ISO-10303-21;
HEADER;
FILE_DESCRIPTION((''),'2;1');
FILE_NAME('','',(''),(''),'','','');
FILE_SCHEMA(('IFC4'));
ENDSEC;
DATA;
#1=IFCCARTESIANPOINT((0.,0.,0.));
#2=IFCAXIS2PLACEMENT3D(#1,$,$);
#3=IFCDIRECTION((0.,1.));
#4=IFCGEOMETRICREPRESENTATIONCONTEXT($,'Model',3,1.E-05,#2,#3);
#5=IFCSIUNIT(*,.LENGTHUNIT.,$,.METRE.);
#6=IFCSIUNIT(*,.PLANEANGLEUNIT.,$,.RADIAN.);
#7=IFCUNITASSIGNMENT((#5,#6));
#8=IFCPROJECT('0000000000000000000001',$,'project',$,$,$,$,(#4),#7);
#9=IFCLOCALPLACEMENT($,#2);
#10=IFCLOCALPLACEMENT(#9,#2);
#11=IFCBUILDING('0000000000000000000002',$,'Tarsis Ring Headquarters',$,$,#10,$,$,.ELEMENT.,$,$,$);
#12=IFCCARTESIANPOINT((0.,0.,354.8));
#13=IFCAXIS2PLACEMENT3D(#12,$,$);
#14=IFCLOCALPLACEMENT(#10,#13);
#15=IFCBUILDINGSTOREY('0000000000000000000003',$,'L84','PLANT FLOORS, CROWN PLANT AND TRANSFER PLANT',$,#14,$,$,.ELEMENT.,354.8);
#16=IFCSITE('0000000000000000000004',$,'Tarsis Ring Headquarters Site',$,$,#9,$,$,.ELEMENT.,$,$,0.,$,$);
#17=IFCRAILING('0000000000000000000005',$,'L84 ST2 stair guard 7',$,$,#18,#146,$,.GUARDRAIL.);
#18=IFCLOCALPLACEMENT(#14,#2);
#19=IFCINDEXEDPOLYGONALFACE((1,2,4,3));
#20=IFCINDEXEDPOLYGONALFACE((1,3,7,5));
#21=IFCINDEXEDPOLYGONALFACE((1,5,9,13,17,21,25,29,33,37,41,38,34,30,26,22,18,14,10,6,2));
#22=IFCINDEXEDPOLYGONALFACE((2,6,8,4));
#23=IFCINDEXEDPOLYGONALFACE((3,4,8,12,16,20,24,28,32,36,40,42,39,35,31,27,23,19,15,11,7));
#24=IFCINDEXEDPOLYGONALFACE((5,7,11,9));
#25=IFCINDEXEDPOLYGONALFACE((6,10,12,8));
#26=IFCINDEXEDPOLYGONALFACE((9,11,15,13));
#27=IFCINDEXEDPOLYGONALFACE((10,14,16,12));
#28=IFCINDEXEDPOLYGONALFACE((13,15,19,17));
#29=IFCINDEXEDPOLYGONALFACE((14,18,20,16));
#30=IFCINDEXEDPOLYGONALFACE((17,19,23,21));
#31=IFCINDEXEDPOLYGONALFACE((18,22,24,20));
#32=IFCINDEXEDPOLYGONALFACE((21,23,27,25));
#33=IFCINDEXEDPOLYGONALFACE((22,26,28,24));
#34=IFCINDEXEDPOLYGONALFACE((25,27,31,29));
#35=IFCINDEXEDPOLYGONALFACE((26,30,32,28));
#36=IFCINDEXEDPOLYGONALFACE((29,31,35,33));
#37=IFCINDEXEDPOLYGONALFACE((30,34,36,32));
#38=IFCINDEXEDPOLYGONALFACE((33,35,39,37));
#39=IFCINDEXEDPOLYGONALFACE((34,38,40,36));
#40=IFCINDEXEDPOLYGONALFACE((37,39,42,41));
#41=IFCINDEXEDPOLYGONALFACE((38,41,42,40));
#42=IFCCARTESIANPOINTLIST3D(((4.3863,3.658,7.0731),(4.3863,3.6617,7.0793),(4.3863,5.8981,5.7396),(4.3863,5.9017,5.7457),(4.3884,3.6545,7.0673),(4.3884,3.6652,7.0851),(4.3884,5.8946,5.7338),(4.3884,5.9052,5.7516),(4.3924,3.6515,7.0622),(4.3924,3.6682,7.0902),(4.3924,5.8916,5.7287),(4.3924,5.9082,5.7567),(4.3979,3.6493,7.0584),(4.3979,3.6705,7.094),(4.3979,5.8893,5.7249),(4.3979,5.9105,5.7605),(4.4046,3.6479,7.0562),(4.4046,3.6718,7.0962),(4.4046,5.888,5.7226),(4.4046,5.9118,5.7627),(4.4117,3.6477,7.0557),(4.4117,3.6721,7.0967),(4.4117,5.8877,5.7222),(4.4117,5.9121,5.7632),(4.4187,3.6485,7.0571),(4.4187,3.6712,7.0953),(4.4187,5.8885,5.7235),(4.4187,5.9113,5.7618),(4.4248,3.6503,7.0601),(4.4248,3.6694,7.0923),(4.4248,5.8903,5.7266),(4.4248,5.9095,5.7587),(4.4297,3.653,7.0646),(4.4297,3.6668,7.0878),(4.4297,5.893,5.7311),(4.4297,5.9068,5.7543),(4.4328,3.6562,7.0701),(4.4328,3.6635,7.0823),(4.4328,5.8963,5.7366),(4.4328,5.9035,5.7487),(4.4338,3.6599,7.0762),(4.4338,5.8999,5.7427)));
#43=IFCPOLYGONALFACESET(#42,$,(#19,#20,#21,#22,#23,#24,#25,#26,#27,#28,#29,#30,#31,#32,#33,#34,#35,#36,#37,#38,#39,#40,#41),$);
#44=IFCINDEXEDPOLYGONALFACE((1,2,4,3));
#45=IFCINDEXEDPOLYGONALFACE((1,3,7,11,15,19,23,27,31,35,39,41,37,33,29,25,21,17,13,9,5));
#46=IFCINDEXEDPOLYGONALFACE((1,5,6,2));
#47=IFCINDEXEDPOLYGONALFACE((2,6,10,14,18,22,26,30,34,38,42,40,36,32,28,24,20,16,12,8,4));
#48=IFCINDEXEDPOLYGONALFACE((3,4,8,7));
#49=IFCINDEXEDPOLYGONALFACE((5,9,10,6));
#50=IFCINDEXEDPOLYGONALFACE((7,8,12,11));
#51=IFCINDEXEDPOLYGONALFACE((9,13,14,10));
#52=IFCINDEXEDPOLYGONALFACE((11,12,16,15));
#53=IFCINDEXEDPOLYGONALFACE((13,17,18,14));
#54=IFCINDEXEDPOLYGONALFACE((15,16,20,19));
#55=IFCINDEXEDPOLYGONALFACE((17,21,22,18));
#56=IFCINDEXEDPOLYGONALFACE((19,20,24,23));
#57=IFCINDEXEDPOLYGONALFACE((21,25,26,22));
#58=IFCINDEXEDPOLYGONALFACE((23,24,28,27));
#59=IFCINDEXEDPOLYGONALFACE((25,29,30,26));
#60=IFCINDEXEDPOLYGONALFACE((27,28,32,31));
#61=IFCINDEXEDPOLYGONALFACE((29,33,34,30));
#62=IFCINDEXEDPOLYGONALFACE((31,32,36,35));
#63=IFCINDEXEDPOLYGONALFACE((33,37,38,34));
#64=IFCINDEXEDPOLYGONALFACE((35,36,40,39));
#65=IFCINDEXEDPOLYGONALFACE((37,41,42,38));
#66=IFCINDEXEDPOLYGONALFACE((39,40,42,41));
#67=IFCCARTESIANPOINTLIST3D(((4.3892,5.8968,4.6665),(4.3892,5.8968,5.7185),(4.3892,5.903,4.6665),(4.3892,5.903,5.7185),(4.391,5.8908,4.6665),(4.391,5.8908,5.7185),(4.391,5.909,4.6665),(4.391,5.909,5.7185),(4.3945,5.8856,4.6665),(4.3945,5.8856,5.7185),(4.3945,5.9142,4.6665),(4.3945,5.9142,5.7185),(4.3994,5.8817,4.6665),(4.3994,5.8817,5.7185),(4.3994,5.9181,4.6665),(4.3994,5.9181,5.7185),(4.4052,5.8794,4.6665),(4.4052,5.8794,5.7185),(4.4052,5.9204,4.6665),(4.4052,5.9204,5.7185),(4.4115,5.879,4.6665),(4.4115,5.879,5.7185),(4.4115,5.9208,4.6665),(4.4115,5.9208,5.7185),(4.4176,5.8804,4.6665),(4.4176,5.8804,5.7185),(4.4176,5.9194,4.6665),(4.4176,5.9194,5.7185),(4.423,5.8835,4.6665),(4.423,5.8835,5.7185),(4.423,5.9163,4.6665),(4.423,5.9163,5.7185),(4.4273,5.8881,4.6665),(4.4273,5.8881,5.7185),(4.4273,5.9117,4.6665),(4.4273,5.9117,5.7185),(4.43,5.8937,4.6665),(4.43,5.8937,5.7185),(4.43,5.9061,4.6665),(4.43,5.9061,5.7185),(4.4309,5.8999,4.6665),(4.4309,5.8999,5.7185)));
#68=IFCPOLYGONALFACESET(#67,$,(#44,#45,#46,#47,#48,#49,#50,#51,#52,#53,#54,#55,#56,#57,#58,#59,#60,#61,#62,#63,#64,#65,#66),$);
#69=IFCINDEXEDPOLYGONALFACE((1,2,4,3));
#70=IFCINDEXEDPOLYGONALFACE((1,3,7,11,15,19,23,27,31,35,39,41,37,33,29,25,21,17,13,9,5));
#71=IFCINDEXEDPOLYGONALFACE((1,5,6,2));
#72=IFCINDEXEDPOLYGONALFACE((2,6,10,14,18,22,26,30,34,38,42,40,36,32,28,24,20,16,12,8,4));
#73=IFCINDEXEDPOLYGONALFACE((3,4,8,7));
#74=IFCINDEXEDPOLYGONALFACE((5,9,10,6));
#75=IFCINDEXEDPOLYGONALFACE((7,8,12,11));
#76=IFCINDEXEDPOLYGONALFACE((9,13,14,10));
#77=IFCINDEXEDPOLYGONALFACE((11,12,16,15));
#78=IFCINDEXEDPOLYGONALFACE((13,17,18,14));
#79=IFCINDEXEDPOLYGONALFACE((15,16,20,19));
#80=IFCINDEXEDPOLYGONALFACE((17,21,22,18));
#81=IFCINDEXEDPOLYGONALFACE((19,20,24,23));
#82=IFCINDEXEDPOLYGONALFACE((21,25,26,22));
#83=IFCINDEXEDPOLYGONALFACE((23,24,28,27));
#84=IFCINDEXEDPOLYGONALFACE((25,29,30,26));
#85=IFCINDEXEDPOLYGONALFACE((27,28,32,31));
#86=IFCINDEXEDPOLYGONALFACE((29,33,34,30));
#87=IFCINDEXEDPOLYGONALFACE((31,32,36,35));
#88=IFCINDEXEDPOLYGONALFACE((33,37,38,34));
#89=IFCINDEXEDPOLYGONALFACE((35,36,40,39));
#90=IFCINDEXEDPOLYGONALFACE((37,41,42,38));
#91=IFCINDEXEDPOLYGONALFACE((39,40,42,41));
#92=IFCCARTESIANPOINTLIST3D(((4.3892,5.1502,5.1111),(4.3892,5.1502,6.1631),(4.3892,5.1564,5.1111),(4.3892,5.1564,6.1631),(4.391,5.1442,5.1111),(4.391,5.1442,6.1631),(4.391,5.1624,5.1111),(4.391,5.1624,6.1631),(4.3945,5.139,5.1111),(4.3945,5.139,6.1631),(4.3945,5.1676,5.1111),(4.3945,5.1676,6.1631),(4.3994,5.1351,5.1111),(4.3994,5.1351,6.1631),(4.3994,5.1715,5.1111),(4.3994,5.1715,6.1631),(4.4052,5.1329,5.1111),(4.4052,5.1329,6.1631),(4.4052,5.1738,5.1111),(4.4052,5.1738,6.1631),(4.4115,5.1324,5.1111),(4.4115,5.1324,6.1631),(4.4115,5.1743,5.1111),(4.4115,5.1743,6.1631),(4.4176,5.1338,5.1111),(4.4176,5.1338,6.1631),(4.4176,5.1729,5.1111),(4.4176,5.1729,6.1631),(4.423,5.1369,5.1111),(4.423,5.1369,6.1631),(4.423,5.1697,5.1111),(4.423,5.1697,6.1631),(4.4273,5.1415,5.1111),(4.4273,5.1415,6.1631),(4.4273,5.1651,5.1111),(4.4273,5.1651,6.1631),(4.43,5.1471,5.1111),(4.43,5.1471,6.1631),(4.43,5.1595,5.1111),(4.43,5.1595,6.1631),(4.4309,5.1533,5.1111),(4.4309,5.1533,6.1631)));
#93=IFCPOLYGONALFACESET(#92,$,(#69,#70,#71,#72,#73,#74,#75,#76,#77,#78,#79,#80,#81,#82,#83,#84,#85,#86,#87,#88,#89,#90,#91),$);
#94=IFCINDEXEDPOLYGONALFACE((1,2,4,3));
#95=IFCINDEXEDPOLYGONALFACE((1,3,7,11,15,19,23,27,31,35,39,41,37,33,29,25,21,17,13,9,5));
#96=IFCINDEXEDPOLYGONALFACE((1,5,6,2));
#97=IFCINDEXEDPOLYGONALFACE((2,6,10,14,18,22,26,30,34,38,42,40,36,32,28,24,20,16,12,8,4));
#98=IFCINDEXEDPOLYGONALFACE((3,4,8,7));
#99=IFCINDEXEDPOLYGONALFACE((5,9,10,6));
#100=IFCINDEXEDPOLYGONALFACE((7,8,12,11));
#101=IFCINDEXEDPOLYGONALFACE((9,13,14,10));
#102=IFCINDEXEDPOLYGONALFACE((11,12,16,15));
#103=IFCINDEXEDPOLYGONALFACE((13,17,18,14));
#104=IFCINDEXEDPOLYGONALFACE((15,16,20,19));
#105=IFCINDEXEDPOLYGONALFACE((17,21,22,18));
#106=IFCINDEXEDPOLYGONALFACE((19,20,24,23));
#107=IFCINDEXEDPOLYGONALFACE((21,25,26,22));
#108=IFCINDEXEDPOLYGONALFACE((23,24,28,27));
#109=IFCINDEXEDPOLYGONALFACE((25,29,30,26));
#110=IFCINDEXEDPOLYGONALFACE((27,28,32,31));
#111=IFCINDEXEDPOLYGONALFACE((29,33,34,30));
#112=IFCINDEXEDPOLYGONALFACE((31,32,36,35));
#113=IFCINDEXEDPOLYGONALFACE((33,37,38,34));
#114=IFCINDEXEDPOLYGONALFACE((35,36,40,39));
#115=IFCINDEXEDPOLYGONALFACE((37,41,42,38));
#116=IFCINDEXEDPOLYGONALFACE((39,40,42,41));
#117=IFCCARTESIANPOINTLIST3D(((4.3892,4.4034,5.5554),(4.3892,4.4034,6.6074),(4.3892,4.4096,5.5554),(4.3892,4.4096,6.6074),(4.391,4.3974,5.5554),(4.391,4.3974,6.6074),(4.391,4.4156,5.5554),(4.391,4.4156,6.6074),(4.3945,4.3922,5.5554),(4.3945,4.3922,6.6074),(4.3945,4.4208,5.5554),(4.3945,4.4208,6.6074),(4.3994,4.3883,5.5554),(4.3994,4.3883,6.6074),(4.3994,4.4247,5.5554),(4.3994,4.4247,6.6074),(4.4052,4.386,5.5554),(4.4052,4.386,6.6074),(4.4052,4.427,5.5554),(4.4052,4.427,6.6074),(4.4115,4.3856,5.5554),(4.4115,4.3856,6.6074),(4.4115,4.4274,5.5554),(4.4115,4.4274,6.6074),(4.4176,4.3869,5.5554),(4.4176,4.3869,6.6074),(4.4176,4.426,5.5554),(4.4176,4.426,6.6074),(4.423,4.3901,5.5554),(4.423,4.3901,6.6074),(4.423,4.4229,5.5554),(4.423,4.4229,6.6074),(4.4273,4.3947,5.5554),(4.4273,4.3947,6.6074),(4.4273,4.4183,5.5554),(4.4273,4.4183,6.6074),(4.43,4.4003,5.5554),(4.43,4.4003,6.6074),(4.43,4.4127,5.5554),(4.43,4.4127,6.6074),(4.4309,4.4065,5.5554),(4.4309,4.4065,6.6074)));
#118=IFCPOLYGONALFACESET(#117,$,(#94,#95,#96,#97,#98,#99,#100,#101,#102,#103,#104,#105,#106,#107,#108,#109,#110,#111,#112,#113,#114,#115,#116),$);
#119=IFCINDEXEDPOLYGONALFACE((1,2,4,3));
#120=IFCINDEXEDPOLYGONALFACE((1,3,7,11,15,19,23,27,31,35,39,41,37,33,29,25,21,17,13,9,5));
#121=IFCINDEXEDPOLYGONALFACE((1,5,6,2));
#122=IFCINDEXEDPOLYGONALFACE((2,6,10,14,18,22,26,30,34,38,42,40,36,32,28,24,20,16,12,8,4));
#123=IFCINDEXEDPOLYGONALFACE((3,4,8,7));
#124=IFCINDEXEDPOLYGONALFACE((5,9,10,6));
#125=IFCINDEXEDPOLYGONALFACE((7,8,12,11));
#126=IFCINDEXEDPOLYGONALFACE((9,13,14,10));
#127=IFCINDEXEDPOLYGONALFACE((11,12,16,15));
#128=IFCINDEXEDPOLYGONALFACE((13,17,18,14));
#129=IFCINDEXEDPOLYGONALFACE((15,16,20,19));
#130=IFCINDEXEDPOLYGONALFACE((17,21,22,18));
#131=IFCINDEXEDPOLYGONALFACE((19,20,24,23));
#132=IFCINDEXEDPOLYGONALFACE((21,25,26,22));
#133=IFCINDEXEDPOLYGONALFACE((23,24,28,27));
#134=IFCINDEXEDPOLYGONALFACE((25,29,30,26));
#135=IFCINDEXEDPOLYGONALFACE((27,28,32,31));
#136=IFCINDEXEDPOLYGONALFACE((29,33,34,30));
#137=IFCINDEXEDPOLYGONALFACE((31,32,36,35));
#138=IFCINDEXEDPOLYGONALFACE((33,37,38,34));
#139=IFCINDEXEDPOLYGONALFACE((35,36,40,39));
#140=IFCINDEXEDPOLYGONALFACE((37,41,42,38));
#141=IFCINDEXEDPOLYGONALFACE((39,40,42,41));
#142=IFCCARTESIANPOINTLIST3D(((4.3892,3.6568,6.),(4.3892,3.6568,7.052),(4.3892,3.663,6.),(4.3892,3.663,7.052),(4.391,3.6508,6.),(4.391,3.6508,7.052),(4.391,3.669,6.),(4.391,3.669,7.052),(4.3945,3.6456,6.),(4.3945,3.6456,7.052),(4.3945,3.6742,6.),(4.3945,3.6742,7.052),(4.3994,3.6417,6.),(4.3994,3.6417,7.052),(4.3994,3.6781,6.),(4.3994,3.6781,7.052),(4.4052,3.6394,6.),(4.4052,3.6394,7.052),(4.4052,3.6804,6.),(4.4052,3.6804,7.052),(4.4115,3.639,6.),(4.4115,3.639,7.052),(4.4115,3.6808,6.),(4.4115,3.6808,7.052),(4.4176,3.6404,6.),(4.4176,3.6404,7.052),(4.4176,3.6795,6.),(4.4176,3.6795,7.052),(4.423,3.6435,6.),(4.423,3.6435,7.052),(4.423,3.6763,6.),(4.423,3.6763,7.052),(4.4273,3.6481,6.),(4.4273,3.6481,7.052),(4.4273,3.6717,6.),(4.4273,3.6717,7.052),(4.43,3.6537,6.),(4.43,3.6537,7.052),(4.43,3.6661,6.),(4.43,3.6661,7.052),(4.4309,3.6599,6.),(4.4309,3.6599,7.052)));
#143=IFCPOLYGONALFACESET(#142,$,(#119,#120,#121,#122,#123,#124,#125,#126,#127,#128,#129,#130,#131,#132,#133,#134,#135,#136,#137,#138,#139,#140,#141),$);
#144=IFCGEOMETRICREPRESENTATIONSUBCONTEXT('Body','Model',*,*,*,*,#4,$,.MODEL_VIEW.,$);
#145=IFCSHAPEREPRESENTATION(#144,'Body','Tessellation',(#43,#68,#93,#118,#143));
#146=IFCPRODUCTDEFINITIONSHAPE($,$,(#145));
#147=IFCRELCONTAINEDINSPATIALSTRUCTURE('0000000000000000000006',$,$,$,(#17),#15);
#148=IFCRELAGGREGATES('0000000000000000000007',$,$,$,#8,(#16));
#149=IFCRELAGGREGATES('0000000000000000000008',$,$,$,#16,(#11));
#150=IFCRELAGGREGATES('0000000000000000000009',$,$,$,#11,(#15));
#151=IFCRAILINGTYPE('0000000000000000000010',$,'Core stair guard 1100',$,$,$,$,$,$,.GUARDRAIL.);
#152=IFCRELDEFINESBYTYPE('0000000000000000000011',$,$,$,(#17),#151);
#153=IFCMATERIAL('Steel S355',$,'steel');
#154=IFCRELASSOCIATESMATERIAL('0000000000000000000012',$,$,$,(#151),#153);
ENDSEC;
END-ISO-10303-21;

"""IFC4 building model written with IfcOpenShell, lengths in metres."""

from ifc_helpers import new_model, si_unit, direction, frame, origin, origin_2d, place, context, subcontext, project, spatial, circle, extrude, material, type_object, element, save


model = new_model("IFC4")

# Units and contexts
model_context = context("Model", 3, precision=1e-05, world=origin(), true_north=direction((0.0, 1.0)))
body_context = subcontext(model_context, "Body", "Model", "MODEL_VIEW")
ifc_project = project(units=[si_unit("LENGTHUNIT", "METRE"), si_unit("PLANEANGLEUNIT", "RADIAN")], contexts=[model_context])

# Site, building, storey
site_placement = place(None, origin())
site = spatial("IfcSite", under=ifc_project, at=site_placement, Name="Tarsis Ring Headquarters Site", CompositionType="ELEMENT", RefElevation=0.0)
building_placement = place(site_placement, origin())
building = spatial("IfcBuilding", under=site, at=building_placement, Name="Tarsis Ring Headquarters", CompositionType="ELEMENT")
storey_placement = place(building_placement, frame((0.0, 0.0, 354.8)))
storey = spatial("IfcBuildingStorey", under=building, at=storey_placement, Name="L84", Description="PLANT FLOORS, CROWN PLANT AND TRANSFER PLANT", CompositionType="ELEMENT", Elevation=354.8)

# Railing
ifc_material_1 = material(Name="Steel S355", Category="steel")
railing_type_1 = type_object("IfcRailingType", Name="Core stair guard 1100", PredefinedType="GUARDRAIL", material=ifc_material_1)
railing_1_placement = place(storey_placement, frame((4.4099, 5.8999, 4.6665)))
element("IfcRailing", 1, at=railing_1_placement, inside=storey, type_object=railing_type_1, Name="L84 ST2 stair guard 7", PredefinedType="GUARDRAIL", context=body_context, shape_type="SweptSolid", body=[
    extrude(circle(Radius=0.0239, at=origin_2d()), frame((0.0, 0.0, 1.0762), z_axis=(0.0, -0.859264, 0.511532), x_axis=(1.0, 0.0, 0.0)), (0.0, 0.0, 1.0), 2.6069),
    extrude(circle(Radius=0.021, at=origin_2d()), origin(), (0.0, 0.0, 1.0), 1.052),
    extrude(circle(Radius=0.021, at=origin_2d()), frame((0.0, -0.7466, 0.4446)), (0.0, 0.0, 1.0), 1.052),
    extrude(circle(Radius=0.021, at=origin_2d()), frame((0.0, -1.4934, 0.8889)), (0.0, 0.0, 1.0), 1.052),
    extrude(circle(Radius=0.021, at=origin_2d()), frame((0.0, -2.24, 1.3335)), (0.0, 0.0, 1.0), 1.052),
])

save(model, "model.ifc")
